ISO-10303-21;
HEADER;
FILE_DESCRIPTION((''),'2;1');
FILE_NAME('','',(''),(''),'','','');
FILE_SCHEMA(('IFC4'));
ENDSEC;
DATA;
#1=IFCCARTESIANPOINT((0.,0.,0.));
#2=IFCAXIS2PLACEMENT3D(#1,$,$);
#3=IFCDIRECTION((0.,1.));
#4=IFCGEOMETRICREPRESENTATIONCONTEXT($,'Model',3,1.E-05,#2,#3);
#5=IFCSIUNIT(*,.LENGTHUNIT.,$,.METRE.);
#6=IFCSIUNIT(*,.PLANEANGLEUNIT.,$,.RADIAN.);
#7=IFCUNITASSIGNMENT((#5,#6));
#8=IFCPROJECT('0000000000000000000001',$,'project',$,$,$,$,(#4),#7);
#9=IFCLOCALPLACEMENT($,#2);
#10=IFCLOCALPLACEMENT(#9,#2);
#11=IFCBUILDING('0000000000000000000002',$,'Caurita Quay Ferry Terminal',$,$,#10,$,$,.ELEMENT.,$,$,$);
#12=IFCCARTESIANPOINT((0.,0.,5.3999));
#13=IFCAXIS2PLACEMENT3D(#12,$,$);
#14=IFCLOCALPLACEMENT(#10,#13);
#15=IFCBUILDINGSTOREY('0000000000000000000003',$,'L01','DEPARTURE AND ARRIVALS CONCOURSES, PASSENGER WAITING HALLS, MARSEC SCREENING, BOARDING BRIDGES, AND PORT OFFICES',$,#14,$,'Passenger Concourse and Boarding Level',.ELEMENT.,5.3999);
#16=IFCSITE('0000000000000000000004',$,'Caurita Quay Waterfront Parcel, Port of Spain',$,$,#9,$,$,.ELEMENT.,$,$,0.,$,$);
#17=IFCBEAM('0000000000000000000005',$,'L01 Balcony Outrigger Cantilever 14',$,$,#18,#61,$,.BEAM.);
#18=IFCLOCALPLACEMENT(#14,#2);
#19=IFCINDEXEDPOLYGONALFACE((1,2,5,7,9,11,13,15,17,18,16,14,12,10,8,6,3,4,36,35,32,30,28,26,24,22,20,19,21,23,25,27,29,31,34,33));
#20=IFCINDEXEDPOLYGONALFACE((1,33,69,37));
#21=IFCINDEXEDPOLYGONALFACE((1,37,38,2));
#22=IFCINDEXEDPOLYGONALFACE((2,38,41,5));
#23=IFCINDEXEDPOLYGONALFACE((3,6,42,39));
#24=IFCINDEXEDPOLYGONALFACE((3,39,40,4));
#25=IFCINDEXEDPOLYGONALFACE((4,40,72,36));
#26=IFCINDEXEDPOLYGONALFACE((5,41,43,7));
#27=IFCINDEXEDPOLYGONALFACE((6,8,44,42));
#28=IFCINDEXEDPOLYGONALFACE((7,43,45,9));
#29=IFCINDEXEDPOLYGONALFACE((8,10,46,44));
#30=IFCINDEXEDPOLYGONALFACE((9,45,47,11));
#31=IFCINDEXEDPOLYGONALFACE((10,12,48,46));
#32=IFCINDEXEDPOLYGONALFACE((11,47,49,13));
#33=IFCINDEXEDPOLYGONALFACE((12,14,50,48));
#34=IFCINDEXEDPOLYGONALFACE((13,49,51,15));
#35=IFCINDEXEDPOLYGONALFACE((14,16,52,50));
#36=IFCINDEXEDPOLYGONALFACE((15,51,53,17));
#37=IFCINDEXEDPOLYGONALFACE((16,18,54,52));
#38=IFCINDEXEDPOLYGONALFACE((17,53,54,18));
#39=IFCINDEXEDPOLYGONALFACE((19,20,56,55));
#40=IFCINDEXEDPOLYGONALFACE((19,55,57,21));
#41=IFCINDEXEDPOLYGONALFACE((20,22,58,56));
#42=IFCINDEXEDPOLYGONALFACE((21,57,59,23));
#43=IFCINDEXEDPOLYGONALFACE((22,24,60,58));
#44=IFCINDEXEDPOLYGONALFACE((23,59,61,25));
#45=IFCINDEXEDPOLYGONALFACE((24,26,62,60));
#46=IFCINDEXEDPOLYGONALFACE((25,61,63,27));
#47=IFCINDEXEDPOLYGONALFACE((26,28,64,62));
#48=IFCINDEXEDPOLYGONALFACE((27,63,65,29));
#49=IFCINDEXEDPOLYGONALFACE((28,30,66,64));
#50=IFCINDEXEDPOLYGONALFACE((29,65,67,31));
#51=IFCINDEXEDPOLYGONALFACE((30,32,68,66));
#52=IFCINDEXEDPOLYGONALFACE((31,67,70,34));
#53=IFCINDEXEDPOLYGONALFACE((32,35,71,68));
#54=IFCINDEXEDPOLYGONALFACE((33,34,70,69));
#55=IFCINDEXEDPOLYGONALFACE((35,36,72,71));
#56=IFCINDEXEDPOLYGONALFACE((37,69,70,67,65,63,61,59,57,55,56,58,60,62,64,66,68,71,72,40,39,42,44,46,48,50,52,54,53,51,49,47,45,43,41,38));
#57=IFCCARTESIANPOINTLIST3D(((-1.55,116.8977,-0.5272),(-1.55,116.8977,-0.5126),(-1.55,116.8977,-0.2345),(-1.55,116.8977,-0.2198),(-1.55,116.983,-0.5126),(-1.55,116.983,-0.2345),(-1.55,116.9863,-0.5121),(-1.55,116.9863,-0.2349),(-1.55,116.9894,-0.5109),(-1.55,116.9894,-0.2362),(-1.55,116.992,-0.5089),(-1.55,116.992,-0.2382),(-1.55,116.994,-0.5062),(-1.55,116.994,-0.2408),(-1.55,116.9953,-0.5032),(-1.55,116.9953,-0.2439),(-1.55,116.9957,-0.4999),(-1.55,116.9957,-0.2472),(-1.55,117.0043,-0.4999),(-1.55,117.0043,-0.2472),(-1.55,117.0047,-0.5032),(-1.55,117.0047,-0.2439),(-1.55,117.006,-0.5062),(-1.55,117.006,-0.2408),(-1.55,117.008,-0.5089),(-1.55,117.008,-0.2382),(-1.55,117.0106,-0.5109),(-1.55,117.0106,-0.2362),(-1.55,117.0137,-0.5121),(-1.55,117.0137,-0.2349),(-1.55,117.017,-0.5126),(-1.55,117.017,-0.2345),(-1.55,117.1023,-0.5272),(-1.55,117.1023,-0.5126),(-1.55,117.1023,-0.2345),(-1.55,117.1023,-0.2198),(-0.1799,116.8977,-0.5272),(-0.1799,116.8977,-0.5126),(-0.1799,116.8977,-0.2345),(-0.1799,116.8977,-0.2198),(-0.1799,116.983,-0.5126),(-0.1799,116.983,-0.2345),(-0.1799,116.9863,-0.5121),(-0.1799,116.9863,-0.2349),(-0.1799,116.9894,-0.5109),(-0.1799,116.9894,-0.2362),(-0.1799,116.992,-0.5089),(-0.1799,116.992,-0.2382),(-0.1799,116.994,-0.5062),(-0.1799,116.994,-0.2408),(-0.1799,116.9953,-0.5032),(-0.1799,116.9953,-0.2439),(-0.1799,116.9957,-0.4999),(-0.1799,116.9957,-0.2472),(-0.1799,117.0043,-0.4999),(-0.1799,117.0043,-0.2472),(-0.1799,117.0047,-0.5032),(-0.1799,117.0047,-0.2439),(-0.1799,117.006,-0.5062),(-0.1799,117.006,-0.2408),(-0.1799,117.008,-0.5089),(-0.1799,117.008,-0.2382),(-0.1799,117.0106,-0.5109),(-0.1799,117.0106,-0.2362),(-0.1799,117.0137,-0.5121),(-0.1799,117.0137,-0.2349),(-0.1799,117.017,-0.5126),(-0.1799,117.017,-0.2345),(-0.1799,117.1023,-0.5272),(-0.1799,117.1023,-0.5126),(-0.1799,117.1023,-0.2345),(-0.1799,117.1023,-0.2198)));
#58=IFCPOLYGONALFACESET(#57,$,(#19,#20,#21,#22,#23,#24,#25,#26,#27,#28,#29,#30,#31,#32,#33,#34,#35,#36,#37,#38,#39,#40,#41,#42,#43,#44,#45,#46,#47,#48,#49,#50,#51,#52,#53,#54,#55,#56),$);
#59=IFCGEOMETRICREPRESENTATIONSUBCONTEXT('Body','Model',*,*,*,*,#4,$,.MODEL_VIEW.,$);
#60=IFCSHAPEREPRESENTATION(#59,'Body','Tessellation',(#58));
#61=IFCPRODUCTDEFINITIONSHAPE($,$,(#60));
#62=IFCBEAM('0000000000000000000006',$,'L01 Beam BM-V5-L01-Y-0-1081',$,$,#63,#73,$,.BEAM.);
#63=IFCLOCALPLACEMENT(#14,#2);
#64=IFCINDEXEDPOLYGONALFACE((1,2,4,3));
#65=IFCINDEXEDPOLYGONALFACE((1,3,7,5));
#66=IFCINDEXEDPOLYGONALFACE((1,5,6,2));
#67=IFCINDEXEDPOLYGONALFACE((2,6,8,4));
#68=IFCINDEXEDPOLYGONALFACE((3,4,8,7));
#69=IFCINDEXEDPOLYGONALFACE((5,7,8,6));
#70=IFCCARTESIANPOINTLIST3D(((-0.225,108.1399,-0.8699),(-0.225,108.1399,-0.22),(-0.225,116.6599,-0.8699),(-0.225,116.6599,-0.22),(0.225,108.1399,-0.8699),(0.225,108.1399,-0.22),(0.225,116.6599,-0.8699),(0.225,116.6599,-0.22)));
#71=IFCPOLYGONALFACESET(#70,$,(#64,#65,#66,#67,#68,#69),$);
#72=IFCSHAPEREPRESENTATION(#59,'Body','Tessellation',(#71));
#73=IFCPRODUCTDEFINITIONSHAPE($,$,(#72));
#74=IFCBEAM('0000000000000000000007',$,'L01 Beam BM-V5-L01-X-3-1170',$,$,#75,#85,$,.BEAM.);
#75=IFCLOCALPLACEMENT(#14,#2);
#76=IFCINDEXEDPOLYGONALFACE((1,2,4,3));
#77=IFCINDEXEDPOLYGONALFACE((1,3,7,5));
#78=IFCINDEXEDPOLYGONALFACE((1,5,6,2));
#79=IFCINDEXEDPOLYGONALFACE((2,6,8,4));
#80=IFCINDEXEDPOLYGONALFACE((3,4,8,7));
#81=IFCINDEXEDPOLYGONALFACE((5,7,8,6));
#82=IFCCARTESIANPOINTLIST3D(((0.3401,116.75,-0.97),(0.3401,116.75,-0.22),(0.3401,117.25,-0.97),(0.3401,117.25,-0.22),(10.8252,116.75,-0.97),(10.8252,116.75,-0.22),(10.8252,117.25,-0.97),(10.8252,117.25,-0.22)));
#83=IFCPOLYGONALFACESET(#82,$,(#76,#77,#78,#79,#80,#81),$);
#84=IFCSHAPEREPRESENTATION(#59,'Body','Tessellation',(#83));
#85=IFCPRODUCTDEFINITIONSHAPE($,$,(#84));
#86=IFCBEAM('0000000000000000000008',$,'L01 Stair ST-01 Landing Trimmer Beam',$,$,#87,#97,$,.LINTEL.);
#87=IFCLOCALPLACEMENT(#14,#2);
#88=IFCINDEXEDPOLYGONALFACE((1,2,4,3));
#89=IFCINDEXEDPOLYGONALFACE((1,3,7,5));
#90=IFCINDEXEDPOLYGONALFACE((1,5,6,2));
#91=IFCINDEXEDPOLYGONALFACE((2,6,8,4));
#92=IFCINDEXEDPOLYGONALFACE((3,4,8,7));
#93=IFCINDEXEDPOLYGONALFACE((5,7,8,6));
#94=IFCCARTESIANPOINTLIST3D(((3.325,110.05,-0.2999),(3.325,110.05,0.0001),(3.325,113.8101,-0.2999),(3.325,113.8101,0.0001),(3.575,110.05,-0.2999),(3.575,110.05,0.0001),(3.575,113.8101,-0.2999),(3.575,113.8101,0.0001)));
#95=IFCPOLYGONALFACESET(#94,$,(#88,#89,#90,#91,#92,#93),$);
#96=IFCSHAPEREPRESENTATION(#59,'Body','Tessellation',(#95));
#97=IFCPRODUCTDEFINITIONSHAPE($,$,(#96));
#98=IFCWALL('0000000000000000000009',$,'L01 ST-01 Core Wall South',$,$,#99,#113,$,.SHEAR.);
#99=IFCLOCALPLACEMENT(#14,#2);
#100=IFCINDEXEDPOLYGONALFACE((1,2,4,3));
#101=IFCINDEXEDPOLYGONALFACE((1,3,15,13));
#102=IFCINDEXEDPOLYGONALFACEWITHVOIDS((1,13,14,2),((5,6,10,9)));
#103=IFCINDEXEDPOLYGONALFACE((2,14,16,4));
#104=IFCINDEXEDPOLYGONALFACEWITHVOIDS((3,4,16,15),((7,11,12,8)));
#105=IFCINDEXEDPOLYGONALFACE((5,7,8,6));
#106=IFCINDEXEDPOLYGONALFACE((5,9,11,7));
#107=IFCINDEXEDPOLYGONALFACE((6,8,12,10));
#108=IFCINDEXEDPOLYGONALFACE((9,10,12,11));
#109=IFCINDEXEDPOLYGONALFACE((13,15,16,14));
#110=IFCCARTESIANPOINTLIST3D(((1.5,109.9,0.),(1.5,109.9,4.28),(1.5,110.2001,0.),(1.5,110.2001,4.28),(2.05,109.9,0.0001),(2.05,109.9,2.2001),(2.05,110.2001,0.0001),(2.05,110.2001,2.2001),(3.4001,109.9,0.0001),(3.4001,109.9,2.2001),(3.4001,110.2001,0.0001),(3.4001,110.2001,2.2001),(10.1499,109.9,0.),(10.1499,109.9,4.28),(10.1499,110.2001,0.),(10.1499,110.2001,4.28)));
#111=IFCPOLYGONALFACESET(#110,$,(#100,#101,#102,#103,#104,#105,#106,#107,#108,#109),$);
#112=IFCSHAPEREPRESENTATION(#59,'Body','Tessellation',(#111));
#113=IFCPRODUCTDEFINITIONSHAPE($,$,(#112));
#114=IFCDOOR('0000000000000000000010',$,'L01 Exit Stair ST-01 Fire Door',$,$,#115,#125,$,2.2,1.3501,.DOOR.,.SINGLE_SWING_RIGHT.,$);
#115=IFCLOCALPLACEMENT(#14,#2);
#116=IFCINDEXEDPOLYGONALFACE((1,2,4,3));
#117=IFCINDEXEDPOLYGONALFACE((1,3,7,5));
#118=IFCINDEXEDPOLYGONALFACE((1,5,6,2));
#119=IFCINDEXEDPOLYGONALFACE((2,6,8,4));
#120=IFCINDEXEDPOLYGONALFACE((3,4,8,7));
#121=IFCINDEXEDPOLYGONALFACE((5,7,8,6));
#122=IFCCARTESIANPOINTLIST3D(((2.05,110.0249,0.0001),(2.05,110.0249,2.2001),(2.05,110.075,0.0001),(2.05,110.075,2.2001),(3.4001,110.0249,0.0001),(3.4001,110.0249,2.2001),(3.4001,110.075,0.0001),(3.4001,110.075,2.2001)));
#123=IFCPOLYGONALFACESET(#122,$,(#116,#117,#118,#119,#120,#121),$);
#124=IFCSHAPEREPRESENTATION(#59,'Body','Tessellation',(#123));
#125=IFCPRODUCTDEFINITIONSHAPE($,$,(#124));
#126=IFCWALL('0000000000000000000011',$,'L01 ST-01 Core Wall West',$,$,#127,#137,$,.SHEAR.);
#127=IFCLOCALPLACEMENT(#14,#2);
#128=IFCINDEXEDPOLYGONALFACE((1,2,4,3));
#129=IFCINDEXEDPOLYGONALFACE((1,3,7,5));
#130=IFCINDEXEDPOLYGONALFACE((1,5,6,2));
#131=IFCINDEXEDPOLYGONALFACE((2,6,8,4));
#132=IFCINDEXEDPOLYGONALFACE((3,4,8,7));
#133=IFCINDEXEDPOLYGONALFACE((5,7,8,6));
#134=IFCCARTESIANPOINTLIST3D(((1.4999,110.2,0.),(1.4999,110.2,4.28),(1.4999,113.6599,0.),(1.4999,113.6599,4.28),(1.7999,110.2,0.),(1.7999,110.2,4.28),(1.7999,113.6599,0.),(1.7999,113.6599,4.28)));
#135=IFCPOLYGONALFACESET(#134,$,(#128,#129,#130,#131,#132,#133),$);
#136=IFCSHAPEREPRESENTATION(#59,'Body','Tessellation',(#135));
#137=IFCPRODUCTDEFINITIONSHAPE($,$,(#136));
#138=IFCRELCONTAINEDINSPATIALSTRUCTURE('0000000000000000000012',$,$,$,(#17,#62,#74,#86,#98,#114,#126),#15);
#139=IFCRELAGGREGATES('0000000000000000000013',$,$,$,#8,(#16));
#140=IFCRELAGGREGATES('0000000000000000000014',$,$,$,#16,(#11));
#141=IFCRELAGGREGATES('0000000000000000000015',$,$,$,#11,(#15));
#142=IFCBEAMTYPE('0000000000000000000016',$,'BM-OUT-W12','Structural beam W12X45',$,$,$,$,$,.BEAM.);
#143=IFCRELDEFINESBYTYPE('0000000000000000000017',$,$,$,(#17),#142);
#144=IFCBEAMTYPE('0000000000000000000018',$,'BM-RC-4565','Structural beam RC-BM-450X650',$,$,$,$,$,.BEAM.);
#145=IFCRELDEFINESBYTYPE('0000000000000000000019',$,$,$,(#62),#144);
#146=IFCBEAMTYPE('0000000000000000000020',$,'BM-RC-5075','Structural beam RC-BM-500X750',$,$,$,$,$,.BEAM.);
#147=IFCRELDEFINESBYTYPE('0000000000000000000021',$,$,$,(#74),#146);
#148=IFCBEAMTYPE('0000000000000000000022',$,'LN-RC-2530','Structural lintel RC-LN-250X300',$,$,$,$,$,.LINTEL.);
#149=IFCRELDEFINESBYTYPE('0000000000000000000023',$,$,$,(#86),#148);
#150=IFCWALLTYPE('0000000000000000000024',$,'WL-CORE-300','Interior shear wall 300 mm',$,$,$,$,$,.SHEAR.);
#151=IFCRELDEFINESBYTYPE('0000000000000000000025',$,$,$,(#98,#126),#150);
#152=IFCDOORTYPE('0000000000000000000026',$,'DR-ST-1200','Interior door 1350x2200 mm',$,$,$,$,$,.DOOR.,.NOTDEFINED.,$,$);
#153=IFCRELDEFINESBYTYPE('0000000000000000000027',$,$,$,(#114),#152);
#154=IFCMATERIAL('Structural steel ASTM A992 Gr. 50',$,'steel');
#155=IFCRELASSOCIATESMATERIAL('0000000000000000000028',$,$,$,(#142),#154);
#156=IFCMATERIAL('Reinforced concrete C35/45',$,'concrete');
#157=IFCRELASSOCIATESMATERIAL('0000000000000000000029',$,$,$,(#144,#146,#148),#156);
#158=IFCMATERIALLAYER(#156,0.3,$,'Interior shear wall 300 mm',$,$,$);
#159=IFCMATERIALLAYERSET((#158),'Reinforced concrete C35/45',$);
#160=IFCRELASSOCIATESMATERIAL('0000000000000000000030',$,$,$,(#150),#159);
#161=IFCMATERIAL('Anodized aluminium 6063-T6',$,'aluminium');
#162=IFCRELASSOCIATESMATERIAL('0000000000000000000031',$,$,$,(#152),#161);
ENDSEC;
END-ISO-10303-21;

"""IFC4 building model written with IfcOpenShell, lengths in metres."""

from ifc_helpers import new_model, si_unit, direction, frame, frame_2d, origin, origin_2d, place, context, subcontext, project, spatial, rectangle, i_section, extrude, material, layer, layer_set, material_profile, profile_set, type_object, element, fill, save


model = new_model("IFC4")

# Units and contexts
model_context = context("Model", 3, precision=1e-05, world=origin(), true_north=direction((0.0, 1.0)))
body_context = subcontext(model_context, "Body", "Model", "MODEL_VIEW")
ifc_project = project(units=[si_unit("LENGTHUNIT", "METRE"), si_unit("PLANEANGLEUNIT", "RADIAN")], contexts=[model_context])

# Site, building, storey
site_placement = place(None, origin())
site = spatial("IfcSite", under=ifc_project, at=site_placement, Name="Caurita Quay Waterfront Parcel, Port of Spain", CompositionType="ELEMENT", RefElevation=0.0)
building_placement = place(site_placement, origin())
building = spatial("IfcBuilding", under=site, at=building_placement, Name="Caurita Quay Ferry Terminal", CompositionType="ELEMENT")
storey_placement = place(building_placement, frame((0.0, 0.0, 5.3999)))
storey = spatial("IfcBuildingStorey", under=building, at=storey_placement, Name="L01", Description="DEPARTURE AND ARRIVALS CONCOURSES, PASSENGER WAITING HALLS, MARSEC SCREENING, BOARDING BRIDGES, AND PORT OFFICES", LongName="Passenger Concourse and Boarding Level", CompositionType="ELEMENT", Elevation=5.3999)

# Shared definitions
ifc_material_1 = material(Name="Reinforced concrete C35/45", Category="concrete")

# Beams
ifc_material_2 = material(Name="Structural steel ASTM A992 Gr. 50", Category="steel")
ifc_material_profile_1 = material_profile(ifc_material_2, i_section(OverallWidth=0.2046, OverallDepth=0.3074, WebThickness=0.0085, FlangeThickness=0.0146, FilletRadius=0.0127, at=origin_2d()), Name="W12X45")
ifc_profile_set_1 = profile_set([ifc_material_profile_1], Name="Structural steel ASTM A992 Gr. 50")
beam_type_1 = type_object("IfcBeamType", Name="BM-OUT-W12", Description="Structural beam W12X45", PredefinedType="BEAM", material=ifc_profile_set_1)
beam_1_placement = place(storey_placement, frame((-0.1799, 117.0, -0.3735), z_axis=(-1.0, 0.0, 0.0), x_axis=(0.0, -1.0, 0.0)))
element("IfcBeam", 1, at=beam_1_placement, inside=storey, type_object=beam_type_1, Name="L01 Balcony Outrigger Cantilever 14", PredefinedType="BEAM", context=body_context, shape_type="SweptSolid", body=[
    extrude(i_section(OverallWidth=0.2046, OverallDepth=0.3074, WebThickness=0.0085, FlangeThickness=0.0146, FilletRadius=0.0127, at=origin_2d()), origin(), (0.0, 0.0, 1.0), 1.3701),
])
ifc_material_profile_2 = material_profile(ifc_material_1, rectangle(XDim=0.45, YDim=0.6499, at=origin_2d()), Name="RC-BM-450X650")
ifc_profile_set_2 = profile_set([ifc_material_profile_2], Name="Reinforced concrete C35/45")
beam_type_2 = type_object("IfcBeamType", Name="BM-RC-4565", Description="Structural beam RC-BM-450X650", PredefinedType="BEAM", material=ifc_profile_set_2)
beam_2_placement = place(storey_placement, frame((0.0, 108.1399, -0.5449), z_axis=(0.0, 1.0, 0.0), x_axis=(-1.0, 0.0, 0.0)))
element("IfcBeam", 2, at=beam_2_placement, inside=storey, type_object=beam_type_2, Name="L01 Beam BM-V5-L01-Y-0-1081", PredefinedType="BEAM", context=body_context, shape_type="SweptSolid", body=[
    extrude(rectangle(XDim=0.45, YDim=0.6499, at=origin_2d()), origin(), (0.0, 0.0, 1.0), 8.52),
])
ifc_material_profile_3 = material_profile(ifc_material_1, rectangle(XDim=0.5, YDim=0.75, at=origin_2d()), Name="RC-BM-500X750")
ifc_profile_set_3 = profile_set([ifc_material_profile_3], Name="Reinforced concrete C35/45")
beam_type_3 = type_object("IfcBeamType", Name="BM-RC-5075", Description="Structural beam RC-BM-500X750", PredefinedType="BEAM", material=ifc_profile_set_3)
beam_3_placement = place(storey_placement, frame((0.3401, 117.0, -0.595), z_axis=(1.0, 0.0, 0.0), x_axis=(0.0, 1.0, 0.0)))
element("IfcBeam", 3, at=beam_3_placement, inside=storey, type_object=beam_type_3, Name="L01 Beam BM-V5-L01-X-3-1170", PredefinedType="BEAM", context=body_context, shape_type="SweptSolid", body=[
    extrude(rectangle(XDim=0.5, YDim=0.75, at=origin_2d()), origin(), (0.0, 0.0, 1.0), 10.4851),
])
ifc_material_profile_4 = material_profile(ifc_material_1, rectangle(XDim=0.25, YDim=0.3, at=origin_2d()), Name="RC-LN-250X300")
ifc_profile_set_4 = profile_set([ifc_material_profile_4], Name="Reinforced concrete C35/45")
beam_type_4 = type_object("IfcBeamType", Name="LN-RC-2530", Description="Structural lintel RC-LN-250X300", PredefinedType="LINTEL", material=ifc_profile_set_4)
beam_4_placement = place(storey_placement, frame((3.45, 110.05, -0.1499), z_axis=(0.0, 1.0, 0.0), x_axis=(-1.0, 0.0, 0.0)))
element("IfcBeam", 4, at=beam_4_placement, inside=storey, type_object=beam_type_4, Name="L01 Stair ST-01 Landing Trimmer Beam", PredefinedType="LINTEL", context=body_context, shape_type="SweptSolid", body=[
    extrude(rectangle(XDim=0.25, YDim=0.3, at=origin_2d()), origin(), (0.0, 0.0, 1.0), 3.76),
])

# Wall, opening, door
ifc_layer_1 = layer(ifc_material_1, 0.3, Name="Interior shear wall 300 mm")
ifc_layer_set_1 = layer_set([ifc_layer_1], Name="Reinforced concrete C35/45")
wall_type_1 = type_object("IfcWallType", Name="WL-CORE-300", Description="Interior shear wall 300 mm", PredefinedType="SHEAR", material=ifc_layer_set_1)
wall_1_placement = place(storey_placement, frame((1.5, 110.05, 0.0), z_axis=(0.0, 0.0, 1.0), x_axis=(1.0, 0.0, 0.0)))
wall_1 = element("IfcWall", 5, at=wall_1_placement, inside=storey, type_object=wall_type_1, Name="L01 ST-01 Core Wall South", PredefinedType="SHEAR", context=body_context, shape_type="SweptSolid", body=[
    extrude(rectangle(XDim=8.6499, YDim=0.3, at=frame_2d((4.325, 0.0))), origin(), (0.0, 0.0, 1.0), 4.28),
])
opening_1_placement = place(wall_1_placement, frame((0.55, 0.0, 0.0)))
opening_1 = element("IfcOpeningElement", 6, at=opening_1_placement, cuts=wall_1, PredefinedType="OPENING", context=body_context, shape_type="SweptSolid", body=[
    extrude(rectangle(XDim=1.3501, YDim=2.2, at=frame_2d((0.675, 1.1001))), frame((0.0, 0.1599, 0.0), z_axis=(0.0, -1.0, 0.0), x_axis=(1.0, 0.0, 0.0)), (0.0, 0.0, 1.0), 0.3201),
])
ifc_material_3 = material(Name="Anodized aluminium 6063-T6", Category="aluminium")
door_type = type_object("IfcDoorType", Name="DR-ST-1200", Description="Interior door 1350x2200 mm", OperationType="NOTDEFINED", PredefinedType="DOOR", material=ifc_material_3)
door_placement = place(opening_1_placement, origin())
door = element("IfcDoor", 7, at=door_placement, inside=storey, type_object=door_type, Name="L01 Exit Stair ST-01 Fire Door", OperationType="SINGLE_SWING_RIGHT", OverallHeight=2.2, OverallWidth=1.3501, PredefinedType="DOOR", context=body_context, shape_type="SweptSolid", body=[
    extrude(rectangle(XDim=1.3501, YDim=2.2, at=frame_2d((0.675, 1.1001))), frame((0.0, 0.0249, 0.0), z_axis=(0.0, -1.0, 0.0), x_axis=(1.0, 0.0, 0.0)), (0.0, 0.0, 1.0), 0.05),
])
fill(opening_1, door)

# Wall
wall_2_placement = place(storey_placement, frame((1.6499, 113.6599, 0.0), z_axis=(0.0, 0.0, 1.0), x_axis=(0.0, -1.0, 0.0)))
element("IfcWall", 8, at=wall_2_placement, inside=storey, type_object=wall_type_1, Name="L01 ST-01 Core Wall West", PredefinedType="SHEAR", context=body_context, shape_type="SweptSolid", body=[
    extrude(rectangle(XDim=3.46, YDim=0.3, at=frame_2d((1.73, 0.0))), origin(), (0.0, 0.0, 1.0), 4.28),
])

save(model, "model.ifc")
